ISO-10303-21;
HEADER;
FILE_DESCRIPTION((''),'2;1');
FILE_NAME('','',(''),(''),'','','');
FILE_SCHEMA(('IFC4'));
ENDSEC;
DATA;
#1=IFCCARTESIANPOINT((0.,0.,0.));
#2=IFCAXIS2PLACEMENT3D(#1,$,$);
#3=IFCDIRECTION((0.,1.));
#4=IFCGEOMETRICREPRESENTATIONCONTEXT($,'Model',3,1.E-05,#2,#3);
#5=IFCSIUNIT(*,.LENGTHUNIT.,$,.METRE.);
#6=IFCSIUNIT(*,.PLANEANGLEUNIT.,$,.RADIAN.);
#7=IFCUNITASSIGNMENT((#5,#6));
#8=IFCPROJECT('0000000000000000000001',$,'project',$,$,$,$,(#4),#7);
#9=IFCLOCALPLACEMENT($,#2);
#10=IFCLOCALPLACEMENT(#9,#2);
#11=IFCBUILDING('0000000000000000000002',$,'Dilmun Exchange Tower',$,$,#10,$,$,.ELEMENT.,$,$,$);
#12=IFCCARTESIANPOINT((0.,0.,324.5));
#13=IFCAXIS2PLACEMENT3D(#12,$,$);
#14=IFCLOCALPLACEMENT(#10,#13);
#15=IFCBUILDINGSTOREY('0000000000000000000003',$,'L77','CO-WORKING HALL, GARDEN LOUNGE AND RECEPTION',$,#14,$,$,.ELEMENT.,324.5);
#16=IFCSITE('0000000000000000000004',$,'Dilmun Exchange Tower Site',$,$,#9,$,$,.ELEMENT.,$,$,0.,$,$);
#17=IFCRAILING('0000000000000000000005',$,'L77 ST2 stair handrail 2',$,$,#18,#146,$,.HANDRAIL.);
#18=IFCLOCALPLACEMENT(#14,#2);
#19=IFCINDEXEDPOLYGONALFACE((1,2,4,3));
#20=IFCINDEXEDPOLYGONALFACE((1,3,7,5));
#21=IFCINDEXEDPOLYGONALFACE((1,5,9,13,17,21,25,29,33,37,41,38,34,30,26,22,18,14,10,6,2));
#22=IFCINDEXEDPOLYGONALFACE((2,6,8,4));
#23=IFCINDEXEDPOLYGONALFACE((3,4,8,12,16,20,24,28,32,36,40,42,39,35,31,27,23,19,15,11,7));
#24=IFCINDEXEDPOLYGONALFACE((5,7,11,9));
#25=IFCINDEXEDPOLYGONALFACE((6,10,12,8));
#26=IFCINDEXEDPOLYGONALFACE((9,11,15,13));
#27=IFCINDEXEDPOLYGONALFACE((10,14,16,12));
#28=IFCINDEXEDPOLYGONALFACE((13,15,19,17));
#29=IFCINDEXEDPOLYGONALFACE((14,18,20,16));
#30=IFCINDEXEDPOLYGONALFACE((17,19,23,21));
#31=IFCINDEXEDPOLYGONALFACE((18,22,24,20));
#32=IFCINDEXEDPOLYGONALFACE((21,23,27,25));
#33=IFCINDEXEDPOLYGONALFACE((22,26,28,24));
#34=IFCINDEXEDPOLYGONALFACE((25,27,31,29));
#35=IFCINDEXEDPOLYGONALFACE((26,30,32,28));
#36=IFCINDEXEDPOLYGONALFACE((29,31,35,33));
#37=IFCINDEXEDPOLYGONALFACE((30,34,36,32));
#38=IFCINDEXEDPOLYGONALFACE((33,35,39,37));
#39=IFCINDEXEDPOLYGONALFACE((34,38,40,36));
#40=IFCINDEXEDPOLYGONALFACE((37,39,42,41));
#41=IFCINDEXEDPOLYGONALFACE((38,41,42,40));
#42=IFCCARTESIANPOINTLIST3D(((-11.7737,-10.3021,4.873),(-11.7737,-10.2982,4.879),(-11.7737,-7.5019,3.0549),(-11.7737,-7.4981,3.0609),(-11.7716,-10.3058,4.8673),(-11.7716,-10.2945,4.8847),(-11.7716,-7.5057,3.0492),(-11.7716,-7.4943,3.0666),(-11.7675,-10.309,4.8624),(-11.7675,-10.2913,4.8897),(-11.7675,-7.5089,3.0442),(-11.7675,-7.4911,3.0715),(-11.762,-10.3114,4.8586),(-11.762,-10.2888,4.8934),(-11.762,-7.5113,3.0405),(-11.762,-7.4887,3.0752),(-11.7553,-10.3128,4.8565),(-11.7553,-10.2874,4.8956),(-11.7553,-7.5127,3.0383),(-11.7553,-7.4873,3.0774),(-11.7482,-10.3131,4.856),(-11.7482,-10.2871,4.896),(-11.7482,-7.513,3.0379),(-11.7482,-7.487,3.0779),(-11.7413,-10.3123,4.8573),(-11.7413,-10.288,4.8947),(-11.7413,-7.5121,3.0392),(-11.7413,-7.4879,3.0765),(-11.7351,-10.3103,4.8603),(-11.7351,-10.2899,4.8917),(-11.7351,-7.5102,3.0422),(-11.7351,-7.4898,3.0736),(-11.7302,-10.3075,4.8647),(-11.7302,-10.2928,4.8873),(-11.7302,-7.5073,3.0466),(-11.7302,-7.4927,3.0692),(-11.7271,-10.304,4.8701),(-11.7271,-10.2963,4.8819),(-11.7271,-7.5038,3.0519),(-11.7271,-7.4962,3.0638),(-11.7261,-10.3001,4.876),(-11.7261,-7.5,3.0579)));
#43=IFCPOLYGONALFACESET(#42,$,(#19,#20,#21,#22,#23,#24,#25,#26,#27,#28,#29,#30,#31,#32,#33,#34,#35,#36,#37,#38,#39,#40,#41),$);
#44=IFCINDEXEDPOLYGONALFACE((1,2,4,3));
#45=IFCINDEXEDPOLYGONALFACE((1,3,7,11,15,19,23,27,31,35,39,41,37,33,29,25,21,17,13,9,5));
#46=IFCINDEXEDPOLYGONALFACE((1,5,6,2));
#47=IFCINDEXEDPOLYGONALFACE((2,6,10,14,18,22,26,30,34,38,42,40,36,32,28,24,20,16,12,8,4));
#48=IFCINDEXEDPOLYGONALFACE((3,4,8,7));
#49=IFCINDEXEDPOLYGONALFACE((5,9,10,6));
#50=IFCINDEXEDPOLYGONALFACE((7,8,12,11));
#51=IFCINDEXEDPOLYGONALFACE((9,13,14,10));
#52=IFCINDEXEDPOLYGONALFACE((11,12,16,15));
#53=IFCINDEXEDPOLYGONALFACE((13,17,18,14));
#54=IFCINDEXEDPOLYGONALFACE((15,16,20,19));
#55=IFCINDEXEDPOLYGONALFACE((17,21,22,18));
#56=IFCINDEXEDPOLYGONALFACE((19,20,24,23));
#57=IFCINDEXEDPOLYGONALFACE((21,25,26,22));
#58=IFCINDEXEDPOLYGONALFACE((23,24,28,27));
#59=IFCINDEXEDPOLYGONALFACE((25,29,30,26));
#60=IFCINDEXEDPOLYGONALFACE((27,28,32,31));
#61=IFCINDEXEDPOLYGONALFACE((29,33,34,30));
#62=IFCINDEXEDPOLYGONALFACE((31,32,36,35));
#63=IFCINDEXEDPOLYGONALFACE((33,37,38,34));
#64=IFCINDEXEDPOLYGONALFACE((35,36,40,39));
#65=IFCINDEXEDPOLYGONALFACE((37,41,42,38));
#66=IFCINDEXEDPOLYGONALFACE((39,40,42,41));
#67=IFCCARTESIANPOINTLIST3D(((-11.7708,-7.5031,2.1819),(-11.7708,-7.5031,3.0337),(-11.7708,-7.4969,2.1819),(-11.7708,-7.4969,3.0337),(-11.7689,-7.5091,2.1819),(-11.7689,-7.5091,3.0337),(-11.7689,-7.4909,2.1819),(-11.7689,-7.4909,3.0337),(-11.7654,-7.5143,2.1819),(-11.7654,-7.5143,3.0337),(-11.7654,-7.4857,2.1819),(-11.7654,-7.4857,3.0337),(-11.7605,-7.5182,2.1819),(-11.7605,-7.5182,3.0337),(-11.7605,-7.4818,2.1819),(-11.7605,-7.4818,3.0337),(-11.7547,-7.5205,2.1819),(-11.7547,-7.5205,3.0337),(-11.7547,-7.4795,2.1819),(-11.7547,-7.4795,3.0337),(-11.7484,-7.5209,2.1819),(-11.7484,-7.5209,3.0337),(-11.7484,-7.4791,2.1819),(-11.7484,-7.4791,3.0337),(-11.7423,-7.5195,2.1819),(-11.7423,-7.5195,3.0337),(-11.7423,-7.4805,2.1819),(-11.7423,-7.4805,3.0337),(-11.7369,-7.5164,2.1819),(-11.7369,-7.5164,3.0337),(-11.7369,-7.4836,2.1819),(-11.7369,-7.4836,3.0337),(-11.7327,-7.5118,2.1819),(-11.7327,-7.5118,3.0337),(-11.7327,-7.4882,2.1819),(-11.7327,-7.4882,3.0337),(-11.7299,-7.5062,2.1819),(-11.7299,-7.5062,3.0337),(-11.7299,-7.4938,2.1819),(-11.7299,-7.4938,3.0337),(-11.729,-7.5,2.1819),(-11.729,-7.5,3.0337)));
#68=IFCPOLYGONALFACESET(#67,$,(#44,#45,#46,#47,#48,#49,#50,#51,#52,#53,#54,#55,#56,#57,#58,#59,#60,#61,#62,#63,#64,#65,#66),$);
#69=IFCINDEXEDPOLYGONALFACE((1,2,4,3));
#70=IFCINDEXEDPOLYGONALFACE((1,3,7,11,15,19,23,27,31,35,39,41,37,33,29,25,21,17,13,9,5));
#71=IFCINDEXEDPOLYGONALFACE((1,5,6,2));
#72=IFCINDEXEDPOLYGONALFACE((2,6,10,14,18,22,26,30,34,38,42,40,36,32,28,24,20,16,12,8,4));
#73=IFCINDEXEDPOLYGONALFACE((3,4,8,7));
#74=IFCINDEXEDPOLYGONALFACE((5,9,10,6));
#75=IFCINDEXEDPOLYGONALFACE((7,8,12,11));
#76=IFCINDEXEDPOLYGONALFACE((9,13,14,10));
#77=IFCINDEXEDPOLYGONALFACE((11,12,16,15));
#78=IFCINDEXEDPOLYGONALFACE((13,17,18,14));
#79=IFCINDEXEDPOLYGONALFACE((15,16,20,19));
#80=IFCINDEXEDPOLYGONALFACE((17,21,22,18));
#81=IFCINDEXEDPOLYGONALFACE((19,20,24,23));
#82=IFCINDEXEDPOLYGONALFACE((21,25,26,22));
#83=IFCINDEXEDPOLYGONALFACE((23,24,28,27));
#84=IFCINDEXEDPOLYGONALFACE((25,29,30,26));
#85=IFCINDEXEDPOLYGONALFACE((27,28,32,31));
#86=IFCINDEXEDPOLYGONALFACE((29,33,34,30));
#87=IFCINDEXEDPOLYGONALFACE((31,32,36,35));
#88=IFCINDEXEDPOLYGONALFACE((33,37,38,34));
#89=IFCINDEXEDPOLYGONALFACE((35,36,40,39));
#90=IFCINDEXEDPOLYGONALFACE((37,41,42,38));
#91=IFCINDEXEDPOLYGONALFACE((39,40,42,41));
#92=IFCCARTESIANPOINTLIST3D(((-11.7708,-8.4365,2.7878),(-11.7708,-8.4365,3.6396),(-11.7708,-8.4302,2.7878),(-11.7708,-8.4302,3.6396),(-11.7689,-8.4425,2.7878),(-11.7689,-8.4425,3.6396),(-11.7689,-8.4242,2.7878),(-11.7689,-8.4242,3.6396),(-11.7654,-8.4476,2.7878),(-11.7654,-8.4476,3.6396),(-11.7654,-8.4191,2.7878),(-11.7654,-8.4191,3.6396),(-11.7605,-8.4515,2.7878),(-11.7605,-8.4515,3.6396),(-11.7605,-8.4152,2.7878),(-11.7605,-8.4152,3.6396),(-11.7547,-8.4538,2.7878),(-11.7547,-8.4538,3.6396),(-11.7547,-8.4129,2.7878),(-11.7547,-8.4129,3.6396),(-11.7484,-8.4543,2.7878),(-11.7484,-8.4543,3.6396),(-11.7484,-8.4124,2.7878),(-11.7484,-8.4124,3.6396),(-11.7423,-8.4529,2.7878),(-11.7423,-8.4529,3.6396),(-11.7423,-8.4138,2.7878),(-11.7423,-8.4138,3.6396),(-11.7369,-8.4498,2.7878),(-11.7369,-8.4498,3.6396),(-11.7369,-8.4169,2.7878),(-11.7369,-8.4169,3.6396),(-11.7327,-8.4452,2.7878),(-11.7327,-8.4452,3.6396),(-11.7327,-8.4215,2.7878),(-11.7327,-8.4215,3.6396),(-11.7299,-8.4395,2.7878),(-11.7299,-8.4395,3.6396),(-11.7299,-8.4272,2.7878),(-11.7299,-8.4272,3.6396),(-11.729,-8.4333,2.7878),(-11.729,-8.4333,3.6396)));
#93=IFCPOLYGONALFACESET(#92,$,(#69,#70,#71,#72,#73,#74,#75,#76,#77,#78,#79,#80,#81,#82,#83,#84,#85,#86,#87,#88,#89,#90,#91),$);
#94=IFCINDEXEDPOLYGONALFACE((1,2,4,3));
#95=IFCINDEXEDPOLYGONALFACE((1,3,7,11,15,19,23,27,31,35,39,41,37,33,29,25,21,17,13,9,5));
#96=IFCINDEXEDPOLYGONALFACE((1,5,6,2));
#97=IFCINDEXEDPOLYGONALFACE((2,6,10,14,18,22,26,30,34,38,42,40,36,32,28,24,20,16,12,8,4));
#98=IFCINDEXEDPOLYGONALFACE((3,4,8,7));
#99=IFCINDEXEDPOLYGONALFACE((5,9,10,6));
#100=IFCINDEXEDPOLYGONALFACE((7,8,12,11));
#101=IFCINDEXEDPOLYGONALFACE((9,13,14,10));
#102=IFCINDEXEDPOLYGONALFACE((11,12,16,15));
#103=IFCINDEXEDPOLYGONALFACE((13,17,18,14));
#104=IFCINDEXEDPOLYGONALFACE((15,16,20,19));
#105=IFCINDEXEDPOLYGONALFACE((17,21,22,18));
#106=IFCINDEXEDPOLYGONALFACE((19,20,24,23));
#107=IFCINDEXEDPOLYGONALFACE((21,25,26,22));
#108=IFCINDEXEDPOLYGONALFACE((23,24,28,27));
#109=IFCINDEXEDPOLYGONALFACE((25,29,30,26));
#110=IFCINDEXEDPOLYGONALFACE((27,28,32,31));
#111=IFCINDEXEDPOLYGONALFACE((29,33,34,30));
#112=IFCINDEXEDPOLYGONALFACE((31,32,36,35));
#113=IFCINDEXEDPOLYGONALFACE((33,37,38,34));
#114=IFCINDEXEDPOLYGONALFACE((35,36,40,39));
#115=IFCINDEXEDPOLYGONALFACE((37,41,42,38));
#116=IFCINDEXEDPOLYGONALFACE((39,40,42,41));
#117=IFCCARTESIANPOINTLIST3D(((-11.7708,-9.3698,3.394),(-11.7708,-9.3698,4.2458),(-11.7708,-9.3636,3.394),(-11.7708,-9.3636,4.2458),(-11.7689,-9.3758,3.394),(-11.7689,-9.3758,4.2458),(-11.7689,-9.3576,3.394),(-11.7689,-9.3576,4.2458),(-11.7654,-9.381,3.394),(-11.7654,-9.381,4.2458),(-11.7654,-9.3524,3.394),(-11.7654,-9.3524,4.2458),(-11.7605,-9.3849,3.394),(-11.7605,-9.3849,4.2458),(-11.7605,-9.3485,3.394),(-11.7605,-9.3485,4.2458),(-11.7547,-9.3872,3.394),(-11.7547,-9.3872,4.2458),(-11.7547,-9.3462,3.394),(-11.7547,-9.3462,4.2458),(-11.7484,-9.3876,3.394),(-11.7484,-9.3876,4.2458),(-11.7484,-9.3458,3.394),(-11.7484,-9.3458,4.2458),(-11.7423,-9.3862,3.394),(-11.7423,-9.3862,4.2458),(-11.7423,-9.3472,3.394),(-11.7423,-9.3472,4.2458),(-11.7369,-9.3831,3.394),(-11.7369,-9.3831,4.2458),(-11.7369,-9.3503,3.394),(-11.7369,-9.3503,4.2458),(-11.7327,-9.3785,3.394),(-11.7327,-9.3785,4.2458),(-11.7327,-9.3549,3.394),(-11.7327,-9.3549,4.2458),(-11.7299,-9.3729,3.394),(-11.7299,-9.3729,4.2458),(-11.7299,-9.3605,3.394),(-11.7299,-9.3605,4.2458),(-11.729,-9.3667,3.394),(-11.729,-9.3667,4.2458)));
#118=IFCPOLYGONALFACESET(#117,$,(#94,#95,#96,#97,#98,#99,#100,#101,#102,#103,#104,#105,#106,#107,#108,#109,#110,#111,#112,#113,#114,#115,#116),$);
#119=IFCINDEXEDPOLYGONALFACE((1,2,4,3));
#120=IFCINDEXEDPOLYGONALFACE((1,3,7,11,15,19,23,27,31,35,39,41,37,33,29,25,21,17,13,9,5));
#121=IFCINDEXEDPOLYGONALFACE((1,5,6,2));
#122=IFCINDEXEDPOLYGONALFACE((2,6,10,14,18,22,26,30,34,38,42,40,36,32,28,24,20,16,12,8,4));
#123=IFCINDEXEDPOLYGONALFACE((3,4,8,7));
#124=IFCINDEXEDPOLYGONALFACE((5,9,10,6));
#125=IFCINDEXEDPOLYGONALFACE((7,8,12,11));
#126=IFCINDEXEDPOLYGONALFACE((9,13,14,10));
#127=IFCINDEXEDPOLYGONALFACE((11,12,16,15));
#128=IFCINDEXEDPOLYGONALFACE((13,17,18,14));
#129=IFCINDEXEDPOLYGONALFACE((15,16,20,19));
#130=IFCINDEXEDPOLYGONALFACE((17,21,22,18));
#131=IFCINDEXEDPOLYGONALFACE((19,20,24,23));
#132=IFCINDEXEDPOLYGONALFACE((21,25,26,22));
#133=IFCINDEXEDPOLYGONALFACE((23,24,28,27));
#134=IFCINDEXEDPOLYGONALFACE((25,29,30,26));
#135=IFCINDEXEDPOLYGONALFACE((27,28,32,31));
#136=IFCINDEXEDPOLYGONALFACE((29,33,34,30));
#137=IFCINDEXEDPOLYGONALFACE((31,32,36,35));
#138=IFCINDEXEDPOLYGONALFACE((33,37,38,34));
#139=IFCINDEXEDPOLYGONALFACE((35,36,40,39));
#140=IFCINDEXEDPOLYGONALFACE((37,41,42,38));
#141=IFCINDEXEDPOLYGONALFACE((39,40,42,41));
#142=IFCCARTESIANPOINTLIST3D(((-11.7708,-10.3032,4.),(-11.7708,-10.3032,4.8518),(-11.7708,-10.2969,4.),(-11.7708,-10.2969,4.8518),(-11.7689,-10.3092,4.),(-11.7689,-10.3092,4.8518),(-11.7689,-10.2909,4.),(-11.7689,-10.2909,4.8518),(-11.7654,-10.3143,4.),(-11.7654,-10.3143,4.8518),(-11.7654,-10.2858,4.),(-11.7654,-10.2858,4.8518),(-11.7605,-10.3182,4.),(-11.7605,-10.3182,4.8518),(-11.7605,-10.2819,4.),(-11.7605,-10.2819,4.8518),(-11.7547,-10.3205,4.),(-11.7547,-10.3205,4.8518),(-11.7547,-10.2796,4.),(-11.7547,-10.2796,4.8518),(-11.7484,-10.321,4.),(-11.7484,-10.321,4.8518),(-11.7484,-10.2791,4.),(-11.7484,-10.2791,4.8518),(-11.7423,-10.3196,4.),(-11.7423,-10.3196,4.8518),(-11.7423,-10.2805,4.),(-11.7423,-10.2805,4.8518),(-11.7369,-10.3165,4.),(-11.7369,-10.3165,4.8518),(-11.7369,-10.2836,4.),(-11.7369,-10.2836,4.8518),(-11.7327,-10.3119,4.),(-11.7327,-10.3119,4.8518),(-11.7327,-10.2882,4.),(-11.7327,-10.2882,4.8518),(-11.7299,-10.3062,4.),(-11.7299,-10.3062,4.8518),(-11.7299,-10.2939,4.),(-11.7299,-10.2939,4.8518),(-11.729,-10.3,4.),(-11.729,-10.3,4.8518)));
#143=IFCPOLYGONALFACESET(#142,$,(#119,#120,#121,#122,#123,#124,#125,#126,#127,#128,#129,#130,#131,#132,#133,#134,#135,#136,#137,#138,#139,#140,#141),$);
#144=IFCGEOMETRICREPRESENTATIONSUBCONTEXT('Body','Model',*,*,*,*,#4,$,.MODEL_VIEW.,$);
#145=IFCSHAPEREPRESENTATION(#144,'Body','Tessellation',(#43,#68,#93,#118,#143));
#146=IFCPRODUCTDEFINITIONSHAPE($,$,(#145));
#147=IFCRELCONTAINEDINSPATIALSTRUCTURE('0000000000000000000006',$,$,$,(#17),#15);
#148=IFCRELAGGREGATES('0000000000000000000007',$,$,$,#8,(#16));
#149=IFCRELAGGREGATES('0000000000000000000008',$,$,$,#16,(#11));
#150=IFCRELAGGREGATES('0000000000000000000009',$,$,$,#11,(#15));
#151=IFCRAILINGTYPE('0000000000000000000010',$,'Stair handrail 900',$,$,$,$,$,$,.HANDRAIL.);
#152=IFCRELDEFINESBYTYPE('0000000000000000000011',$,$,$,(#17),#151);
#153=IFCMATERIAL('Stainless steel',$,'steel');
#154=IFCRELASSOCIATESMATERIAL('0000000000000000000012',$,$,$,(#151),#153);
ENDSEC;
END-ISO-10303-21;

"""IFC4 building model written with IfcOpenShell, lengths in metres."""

from ifc_helpers import new_model, si_unit, direction, frame, origin, origin_2d, place, context, subcontext, project, spatial, circle, extrude, material, type_object, element, save


model = new_model("IFC4")

# Units and contexts
model_context = context("Model", 3, precision=1e-05, world=origin(), true_north=direction((0.0, 1.0)))
body_context = subcontext(model_context, "Body", "Model", "MODEL_VIEW")
ifc_project = project(units=[si_unit("LENGTHUNIT", "METRE"), si_unit("PLANEANGLEUNIT", "RADIAN")], contexts=[model_context])

# Site, building, storey
site_placement = place(None, origin())
site = spatial("IfcSite", under=ifc_project, at=site_placement, Name="Dilmun Exchange Tower Site", CompositionType="ELEMENT", RefElevation=0.0)
building_placement = place(site_placement, origin())
building = spatial("IfcBuilding", under=site, at=building_placement, Name="Dilmun Exchange Tower", CompositionType="ELEMENT")
storey_placement = place(building_placement, frame((0.0, 0.0, 324.5)))
storey = spatial("IfcBuildingStorey", under=building, at=storey_placement, Name="L77", Description="CO-WORKING HALL, GARDEN LOUNGE AND RECEPTION", CompositionType="ELEMENT", Elevation=324.5)

# Railing
ifc_material_1 = material(Name="Stainless steel", Category="steel")
railing_type = type_object("IfcRailingType", Name="Stair handrail 900", PredefinedType="HANDRAIL", material=ifc_material_1)
railing_placement = place(storey_placement, frame((-11.75, -7.5, 2.1819)))
element("IfcRailing", 1, at=railing_placement, inside=storey, type_object=railing_type, Name="L77 ST2 stair handrail 2", PredefinedType="HANDRAIL", context=body_context, shape_type="SweptSolid", body=[
    extrude(circle(Radius=0.0239, at=origin_2d()), frame((0.0, 0.0, 0.876), z_axis=(0.0, -0.838706, 0.544585), x_axis=(1.0, 0.0, 0.0)), (0.0, 0.0, 1.0), 3.3386),
    extrude(circle(Radius=0.021, at=origin_2d()), origin(), (0.0, 0.0, 1.0), 0.8518),
    extrude(circle(Radius=0.021, at=origin_2d()), frame((0.0, -0.9333, 0.606)), (0.0, 0.0, 1.0), 0.8518),
    extrude(circle(Radius=0.021, at=origin_2d()), frame((0.0, -1.8667, 1.2122)), (0.0, 0.0, 1.0), 0.8518),
    extrude(circle(Radius=0.021, at=origin_2d()), frame((0.0, -2.8, 1.8181)), (0.0, 0.0, 1.0), 0.8518),
])

save(model, "model.ifc")
